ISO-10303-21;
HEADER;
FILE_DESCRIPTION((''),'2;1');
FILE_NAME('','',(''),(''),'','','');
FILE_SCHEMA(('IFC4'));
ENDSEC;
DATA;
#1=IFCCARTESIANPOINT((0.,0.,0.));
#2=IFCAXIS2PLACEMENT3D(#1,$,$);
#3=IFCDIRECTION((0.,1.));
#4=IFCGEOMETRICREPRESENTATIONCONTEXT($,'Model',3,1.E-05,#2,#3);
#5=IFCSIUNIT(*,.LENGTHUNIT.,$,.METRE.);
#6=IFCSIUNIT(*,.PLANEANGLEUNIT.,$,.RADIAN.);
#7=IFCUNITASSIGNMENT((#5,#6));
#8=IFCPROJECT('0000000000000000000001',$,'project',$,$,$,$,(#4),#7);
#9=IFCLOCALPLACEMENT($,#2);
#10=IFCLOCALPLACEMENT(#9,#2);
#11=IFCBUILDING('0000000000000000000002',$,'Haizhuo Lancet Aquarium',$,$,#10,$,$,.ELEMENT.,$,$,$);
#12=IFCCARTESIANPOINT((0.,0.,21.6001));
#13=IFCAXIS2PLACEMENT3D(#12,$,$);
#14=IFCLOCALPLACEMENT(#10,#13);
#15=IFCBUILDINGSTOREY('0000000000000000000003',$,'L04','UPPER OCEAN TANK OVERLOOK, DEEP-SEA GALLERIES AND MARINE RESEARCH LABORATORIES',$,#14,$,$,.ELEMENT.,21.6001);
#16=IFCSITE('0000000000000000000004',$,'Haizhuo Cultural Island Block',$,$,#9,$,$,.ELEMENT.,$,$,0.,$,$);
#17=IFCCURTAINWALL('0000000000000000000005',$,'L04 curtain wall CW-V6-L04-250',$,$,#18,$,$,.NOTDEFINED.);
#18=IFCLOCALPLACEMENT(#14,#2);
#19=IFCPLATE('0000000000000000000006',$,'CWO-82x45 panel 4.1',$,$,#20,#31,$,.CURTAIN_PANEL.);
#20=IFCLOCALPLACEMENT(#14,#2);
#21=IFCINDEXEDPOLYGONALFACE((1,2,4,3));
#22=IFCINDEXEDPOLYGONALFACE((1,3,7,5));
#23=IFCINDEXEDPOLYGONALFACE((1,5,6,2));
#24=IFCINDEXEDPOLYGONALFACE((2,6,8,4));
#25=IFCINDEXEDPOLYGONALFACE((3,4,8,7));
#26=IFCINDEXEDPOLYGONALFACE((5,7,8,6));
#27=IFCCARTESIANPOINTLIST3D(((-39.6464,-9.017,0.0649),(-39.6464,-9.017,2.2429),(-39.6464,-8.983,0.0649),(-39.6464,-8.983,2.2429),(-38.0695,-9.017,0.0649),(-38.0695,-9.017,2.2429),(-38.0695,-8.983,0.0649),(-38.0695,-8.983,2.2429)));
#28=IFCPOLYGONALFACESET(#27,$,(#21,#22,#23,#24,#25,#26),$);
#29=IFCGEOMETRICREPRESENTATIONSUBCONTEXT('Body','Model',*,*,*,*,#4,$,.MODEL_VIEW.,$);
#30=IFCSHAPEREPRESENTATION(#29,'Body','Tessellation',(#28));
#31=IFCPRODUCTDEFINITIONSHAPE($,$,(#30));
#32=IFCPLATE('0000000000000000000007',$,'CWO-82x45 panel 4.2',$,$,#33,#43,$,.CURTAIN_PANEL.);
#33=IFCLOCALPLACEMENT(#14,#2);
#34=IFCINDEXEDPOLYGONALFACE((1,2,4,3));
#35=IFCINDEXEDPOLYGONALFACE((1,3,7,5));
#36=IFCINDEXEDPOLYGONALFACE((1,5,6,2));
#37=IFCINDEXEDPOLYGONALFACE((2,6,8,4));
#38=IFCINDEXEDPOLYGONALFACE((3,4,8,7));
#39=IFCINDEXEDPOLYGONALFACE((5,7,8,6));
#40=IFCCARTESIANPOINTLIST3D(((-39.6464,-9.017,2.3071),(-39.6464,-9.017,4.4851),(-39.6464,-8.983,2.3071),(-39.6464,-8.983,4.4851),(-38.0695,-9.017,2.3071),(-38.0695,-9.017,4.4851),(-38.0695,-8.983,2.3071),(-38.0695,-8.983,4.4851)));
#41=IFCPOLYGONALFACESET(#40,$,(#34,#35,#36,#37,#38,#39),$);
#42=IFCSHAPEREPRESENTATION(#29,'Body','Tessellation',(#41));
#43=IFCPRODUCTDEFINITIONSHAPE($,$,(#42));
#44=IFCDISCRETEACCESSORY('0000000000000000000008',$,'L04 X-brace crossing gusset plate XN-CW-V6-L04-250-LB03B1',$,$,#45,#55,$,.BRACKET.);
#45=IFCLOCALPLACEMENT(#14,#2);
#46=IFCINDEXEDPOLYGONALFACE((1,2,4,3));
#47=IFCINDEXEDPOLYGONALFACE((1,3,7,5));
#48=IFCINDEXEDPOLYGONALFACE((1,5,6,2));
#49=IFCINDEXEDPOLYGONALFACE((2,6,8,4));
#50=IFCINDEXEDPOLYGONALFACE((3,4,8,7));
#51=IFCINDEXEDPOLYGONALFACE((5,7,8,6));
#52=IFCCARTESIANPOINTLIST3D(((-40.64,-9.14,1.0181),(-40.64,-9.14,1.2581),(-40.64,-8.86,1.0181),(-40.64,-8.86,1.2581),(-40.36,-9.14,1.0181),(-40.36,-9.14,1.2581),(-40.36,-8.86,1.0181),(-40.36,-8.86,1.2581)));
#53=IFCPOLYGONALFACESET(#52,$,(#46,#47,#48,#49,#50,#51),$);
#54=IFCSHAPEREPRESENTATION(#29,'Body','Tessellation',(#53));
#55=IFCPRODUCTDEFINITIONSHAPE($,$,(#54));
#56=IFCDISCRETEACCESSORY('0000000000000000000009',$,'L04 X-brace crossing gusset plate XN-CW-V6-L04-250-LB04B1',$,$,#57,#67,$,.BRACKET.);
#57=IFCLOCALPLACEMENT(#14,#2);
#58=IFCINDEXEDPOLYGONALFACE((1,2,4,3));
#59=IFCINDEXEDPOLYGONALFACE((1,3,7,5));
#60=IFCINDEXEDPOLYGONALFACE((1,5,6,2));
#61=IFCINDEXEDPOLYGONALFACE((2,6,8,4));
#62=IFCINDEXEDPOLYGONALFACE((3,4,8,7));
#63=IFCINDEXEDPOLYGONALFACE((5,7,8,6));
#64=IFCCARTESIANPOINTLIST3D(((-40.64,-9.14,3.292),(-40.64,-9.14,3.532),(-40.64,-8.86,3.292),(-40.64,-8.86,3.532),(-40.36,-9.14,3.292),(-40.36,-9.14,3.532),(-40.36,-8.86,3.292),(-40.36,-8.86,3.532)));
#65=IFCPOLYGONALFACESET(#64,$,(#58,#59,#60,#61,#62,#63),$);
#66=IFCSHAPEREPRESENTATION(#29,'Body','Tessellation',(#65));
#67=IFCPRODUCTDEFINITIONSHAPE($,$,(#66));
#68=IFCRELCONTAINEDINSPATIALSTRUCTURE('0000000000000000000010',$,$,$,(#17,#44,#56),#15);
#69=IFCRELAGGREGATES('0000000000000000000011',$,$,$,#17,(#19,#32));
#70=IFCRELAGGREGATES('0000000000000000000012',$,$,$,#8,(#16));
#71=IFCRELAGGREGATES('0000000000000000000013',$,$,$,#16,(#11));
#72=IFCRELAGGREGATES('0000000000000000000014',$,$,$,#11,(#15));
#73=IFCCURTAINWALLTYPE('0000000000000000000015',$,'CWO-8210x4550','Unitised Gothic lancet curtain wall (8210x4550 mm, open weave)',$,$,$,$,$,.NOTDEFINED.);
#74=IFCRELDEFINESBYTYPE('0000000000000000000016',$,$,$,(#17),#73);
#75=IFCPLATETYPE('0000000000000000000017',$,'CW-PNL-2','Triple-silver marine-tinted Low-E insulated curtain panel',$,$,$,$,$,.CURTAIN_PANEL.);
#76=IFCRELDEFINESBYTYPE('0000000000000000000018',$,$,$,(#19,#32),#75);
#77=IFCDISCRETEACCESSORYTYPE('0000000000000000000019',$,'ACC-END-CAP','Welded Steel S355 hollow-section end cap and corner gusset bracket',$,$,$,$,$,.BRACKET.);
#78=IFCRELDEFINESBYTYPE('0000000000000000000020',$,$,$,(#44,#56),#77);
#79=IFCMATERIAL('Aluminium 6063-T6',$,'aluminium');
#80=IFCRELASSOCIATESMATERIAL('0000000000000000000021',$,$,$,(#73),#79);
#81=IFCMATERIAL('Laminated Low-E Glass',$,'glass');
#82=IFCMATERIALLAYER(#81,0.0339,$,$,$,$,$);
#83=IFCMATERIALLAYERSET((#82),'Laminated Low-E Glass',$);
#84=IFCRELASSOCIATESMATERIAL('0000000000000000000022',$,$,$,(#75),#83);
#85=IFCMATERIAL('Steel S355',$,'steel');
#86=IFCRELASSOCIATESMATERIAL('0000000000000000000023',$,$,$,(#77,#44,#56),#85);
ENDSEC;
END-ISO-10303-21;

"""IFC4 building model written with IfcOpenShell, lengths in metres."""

from ifc_helpers import new_model, si_unit, direction, frame, origin, origin_2d, place, context, subcontext, project, spatial, rectangle, extrude, material, layer, layer_set, type_object, element, aggregate, save


model = new_model("IFC4")

# Units and contexts
model_context = context("Model", 3, precision=1e-05, world=origin(), true_north=direction((0.0, 1.0)))
body_context = subcontext(model_context, "Body", "Model", "MODEL_VIEW")
ifc_project = project(units=[si_unit("LENGTHUNIT", "METRE"), si_unit("PLANEANGLEUNIT", "RADIAN")], contexts=[model_context])

# Site, building, storey
site_placement = place(None, origin())
site = spatial("IfcSite", under=ifc_project, at=site_placement, Name="Haizhuo Cultural Island Block", CompositionType="ELEMENT", RefElevation=0.0)
building_placement = place(site_placement, origin())
building = spatial("IfcBuilding", under=site, at=building_placement, Name="Haizhuo Lancet Aquarium", CompositionType="ELEMENT")
storey_placement = place(building_placement, frame((0.0, 0.0, 21.6001)))
storey = spatial("IfcBuildingStorey", under=building, at=storey_placement, Name="L04", Description="UPPER OCEAN TANK OVERLOOK, DEEP-SEA GALLERIES AND MARINE RESEARCH LABORATORIES", CompositionType="ELEMENT", Elevation=21.6001)

# Curtain wall
ifc_material_1 = material(Name="Aluminium 6063-T6", Category="aluminium")
curtain_wall_type = type_object("IfcCurtainWallType", Name="CWO-8210x4550", Description="Unitised Gothic lancet curtain wall (8210x4550 mm, open weave)", PredefinedType="NOTDEFINED", material=ifc_material_1)
curtain_wall_placement = place(storey_placement, origin())
curtain_wall = element("IfcCurtainWall", 1, at=curtain_wall_placement, inside=storey, type_object=curtain_wall_type, Name="L04 curtain wall CW-V6-L04-250", PredefinedType="NOTDEFINED")

# Shared definitions
ifc_material_2 = material(Name="Steel S355", Category="steel")

# Plates
ifc_material_3 = material(Name="Laminated Low-E Glass", Category="glass")
ifc_layer = layer(ifc_material_3, 0.0339)
ifc_layer_set = layer_set([ifc_layer], Name="Laminated Low-E Glass")
plate_type = type_object("IfcPlateType", Name="CW-PNL-2", Description="Triple-silver marine-tinted Low-E insulated curtain panel", PredefinedType="CURTAIN_PANEL", material=ifc_layer_set)
plate_1_placement = place(storey_placement, frame((-38.8579, -9.0, 0.0649), z_axis=(0.0, 0.0, 1.0), x_axis=(1.0, 0.0, 0.0)))
plate_1 = element("IfcPlate", 2, at=plate_1_placement, type_object=plate_type, Name="CWO-82x45 panel 4.1", PredefinedType="CURTAIN_PANEL", context=body_context, shape_type="SweptSolid", body=[
    extrude(rectangle(XDim=1.5769, YDim=0.0339, at=origin_2d()), origin(), (0.0, 0.0, 1.0), 2.178),
])
plate_2_placement = place(storey_placement, frame((-38.8579, -9.0, 2.3071), z_axis=(0.0, 0.0, 1.0), x_axis=(1.0, 0.0, 0.0)))
plate_2 = element("IfcPlate", 3, at=plate_2_placement, type_object=plate_type, Name="CWO-82x45 panel 4.2", PredefinedType="CURTAIN_PANEL", context=body_context, shape_type="SweptSolid", body=[
    extrude(rectangle(XDim=1.5769, YDim=0.0339, at=origin_2d()), origin(), (0.0, 0.0, 1.0), 2.178),
])
aggregate(curtain_wall, [plate_1, plate_2])

# Discrete accessories
discrete_accessory_type = type_object("IfcDiscreteAccessoryType", Name="ACC-END-CAP", Description="Welded Steel S355 hollow-section end cap and corner gusset bracket", PredefinedType="BRACKET", material=ifc_material_2)
for number, where, z_axis, x_axis, name in (
    (4, (-40.5, -9.0, 1.0181), (0.0, 0.0, 1.0), (1.0, 0.0, 0.0), "L04 X-brace crossing gusset plate XN-CW-V6-L04-250-LB03B1"),
    (5, (-40.5, -9.0, 3.292), (0.0, 0.0, 1.0), (1.0, 0.0, 0.0), "L04 X-brace crossing gusset plate XN-CW-V6-L04-250-LB04B1"),
):
    element("IfcDiscreteAccessory", number, at=place(storey_placement, frame(where, z_axis=z_axis, x_axis=x_axis)), inside=storey, type_object=discrete_accessory_type, material=ifc_material_2, Name=name, PredefinedType="BRACKET", context=body_context, shape_type="SweptSolid", body=[
        extrude(rectangle(XDim=0.28, YDim=0.28, at=origin_2d()), origin(), (0.0, 0.0, 1.0), 0.24),
    ])

save(model, "model.ifc")
